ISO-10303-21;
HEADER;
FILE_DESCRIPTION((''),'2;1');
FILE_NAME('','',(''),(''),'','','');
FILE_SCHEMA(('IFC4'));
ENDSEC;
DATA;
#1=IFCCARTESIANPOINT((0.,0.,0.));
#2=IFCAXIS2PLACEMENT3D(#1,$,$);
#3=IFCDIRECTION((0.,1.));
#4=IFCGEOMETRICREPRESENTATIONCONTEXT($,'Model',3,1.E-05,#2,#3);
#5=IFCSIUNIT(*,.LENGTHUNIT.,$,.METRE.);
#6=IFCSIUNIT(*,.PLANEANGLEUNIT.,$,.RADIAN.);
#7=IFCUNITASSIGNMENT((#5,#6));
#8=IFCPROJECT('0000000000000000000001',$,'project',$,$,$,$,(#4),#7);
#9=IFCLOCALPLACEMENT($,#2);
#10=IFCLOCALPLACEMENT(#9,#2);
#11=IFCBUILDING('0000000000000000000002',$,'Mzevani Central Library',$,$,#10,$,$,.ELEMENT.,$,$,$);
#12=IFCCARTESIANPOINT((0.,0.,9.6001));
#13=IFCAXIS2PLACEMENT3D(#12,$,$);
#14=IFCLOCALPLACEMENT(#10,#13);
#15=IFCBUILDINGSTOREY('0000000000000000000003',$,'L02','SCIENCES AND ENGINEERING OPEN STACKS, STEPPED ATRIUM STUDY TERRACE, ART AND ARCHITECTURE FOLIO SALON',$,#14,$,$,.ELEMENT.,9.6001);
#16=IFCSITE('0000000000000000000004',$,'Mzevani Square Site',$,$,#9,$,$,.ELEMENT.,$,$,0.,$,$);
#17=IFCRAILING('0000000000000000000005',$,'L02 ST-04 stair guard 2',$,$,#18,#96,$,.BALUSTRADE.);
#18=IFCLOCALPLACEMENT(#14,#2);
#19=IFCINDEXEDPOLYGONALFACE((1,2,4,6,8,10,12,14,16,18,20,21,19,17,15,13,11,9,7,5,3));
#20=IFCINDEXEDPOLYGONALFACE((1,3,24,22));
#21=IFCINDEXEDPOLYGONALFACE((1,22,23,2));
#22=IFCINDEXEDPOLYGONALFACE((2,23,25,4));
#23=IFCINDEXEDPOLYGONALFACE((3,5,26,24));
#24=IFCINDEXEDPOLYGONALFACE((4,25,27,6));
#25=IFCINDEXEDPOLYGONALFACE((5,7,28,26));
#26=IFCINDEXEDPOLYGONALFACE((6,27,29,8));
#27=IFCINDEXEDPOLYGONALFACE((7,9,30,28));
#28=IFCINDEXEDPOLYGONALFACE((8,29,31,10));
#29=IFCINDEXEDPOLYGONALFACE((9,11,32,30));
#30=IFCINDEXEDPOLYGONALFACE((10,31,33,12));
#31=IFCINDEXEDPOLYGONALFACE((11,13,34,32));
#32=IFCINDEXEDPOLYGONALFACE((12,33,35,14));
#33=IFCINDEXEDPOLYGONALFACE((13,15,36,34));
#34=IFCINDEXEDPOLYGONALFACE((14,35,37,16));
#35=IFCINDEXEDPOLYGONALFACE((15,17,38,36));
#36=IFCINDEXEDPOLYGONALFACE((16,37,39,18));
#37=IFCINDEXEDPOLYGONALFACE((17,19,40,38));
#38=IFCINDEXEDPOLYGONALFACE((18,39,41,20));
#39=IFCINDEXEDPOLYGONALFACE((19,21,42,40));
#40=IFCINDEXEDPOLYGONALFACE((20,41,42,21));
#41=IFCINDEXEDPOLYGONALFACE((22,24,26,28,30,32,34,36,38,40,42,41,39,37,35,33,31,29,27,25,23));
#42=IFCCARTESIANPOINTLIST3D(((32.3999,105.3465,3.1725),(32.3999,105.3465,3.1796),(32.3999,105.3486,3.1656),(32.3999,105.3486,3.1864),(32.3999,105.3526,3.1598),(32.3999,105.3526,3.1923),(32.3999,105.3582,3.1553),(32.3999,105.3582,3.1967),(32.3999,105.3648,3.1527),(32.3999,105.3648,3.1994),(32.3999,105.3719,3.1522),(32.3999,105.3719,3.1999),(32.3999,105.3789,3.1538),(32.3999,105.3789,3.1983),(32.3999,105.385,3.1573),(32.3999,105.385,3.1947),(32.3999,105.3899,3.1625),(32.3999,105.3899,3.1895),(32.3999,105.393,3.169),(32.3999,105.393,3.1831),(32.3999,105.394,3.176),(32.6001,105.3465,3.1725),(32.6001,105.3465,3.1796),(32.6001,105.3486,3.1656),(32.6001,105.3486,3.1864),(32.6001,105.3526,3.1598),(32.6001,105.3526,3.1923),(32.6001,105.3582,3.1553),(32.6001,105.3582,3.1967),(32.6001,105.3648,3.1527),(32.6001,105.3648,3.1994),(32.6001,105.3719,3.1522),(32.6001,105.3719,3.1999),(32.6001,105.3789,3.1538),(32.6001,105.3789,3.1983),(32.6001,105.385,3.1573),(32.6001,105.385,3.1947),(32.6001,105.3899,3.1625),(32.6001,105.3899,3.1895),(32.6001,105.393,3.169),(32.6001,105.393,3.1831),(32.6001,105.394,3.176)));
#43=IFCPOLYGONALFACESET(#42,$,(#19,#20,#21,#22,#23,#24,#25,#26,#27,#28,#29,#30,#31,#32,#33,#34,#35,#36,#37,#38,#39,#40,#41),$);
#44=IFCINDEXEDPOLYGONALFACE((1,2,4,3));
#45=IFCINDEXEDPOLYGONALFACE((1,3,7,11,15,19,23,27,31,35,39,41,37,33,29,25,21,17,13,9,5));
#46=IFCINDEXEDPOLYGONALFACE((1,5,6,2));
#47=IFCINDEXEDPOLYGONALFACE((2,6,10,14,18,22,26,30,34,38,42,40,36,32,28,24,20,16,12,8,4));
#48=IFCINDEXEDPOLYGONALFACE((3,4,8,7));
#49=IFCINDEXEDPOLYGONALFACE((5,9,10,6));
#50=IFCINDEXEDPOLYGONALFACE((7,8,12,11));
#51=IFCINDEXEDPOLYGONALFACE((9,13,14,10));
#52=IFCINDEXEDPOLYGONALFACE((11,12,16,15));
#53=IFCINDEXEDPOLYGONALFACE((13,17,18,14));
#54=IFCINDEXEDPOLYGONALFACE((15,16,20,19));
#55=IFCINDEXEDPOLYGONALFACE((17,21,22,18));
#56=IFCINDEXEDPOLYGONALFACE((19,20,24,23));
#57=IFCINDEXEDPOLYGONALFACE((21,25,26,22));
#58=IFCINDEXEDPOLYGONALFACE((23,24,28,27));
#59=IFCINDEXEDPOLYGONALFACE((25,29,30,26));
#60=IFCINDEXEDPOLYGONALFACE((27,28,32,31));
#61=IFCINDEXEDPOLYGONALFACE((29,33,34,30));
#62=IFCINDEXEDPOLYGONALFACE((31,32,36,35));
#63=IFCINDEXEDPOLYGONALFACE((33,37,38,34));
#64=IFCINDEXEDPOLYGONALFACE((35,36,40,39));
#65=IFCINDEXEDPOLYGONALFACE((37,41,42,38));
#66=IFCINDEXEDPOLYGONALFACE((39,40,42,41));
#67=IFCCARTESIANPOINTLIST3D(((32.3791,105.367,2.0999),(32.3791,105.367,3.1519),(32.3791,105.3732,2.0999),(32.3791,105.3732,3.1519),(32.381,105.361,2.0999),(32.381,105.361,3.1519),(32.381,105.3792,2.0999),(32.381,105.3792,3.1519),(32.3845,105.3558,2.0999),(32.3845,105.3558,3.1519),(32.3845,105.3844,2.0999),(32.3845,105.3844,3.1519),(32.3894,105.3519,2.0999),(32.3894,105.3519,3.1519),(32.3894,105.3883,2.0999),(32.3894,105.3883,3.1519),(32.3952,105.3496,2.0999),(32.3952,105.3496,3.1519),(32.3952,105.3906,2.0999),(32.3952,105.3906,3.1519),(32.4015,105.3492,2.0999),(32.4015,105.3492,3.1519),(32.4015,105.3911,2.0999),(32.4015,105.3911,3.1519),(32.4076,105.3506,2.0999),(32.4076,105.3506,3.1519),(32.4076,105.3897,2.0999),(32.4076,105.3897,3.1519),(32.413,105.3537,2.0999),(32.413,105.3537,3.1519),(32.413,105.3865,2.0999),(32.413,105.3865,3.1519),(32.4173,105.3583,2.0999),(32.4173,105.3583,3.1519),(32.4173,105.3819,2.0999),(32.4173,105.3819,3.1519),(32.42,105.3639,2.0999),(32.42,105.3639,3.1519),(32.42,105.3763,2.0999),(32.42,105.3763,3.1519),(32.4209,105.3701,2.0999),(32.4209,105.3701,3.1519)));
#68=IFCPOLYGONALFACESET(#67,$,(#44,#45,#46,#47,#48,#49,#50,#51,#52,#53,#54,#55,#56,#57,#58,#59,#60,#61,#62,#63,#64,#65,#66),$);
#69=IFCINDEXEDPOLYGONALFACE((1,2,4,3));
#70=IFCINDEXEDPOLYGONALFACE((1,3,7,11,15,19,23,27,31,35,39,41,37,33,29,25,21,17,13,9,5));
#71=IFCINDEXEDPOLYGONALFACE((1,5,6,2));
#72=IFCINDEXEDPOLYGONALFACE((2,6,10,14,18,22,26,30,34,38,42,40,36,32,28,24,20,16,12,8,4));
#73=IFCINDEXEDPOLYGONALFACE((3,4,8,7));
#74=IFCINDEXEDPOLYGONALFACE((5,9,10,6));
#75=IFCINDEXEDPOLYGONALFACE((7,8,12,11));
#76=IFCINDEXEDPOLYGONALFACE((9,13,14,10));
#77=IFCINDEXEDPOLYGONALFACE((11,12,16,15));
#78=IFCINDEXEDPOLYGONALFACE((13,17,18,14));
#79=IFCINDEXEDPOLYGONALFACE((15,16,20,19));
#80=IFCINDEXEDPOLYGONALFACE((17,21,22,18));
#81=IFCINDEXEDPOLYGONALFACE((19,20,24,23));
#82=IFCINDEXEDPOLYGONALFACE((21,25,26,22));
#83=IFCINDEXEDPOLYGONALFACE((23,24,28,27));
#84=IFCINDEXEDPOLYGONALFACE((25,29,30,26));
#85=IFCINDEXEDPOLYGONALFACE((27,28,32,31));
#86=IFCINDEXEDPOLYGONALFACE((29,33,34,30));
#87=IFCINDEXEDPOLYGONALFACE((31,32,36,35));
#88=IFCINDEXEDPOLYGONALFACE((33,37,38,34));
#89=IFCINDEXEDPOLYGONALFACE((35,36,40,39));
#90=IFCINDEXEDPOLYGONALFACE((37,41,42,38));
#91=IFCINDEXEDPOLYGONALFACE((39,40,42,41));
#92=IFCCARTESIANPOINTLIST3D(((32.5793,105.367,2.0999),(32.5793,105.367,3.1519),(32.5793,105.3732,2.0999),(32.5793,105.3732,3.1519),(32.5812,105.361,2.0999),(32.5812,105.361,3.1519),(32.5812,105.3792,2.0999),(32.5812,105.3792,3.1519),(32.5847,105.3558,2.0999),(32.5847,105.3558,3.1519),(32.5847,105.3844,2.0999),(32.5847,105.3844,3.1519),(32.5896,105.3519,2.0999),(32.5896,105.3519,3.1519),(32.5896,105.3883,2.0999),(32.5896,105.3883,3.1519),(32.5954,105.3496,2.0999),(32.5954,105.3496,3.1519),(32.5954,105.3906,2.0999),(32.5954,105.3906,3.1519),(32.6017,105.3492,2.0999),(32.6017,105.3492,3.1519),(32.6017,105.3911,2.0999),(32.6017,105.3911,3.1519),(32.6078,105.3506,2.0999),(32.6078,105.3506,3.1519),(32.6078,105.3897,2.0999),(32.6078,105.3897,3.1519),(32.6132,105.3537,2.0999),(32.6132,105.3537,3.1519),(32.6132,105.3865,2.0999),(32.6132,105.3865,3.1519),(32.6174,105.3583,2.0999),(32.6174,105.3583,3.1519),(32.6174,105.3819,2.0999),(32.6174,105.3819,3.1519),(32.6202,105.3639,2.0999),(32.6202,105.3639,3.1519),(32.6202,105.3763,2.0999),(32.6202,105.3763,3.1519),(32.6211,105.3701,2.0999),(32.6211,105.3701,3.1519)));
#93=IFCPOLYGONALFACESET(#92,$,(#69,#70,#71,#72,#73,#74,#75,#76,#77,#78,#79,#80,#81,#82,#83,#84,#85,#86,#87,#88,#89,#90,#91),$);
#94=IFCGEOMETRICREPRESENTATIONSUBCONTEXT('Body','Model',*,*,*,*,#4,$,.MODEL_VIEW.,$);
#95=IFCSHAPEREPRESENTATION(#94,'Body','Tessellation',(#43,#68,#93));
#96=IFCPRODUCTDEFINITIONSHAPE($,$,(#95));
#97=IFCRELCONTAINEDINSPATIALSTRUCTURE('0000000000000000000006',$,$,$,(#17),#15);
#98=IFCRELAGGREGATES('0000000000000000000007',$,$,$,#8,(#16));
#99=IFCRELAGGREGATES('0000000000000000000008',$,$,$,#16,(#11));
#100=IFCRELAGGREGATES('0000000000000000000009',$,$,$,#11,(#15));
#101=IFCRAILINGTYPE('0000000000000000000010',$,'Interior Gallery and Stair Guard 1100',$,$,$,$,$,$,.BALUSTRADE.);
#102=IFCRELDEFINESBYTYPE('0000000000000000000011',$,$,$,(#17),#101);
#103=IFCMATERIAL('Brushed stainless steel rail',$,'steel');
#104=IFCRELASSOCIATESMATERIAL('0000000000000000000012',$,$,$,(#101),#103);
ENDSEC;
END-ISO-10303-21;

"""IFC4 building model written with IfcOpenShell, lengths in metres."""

from ifc_helpers import new_model, si_unit, direction, frame, origin, origin_2d, place, context, subcontext, project, spatial, circle, extrude, material, type_object, element, save


model = new_model("IFC4")

# Units and contexts
model_context = context("Model", 3, precision=1e-05, world=origin(), true_north=direction((0.0, 1.0)))
body_context = subcontext(model_context, "Body", "Model", "MODEL_VIEW")
ifc_project = project(units=[si_unit("LENGTHUNIT", "METRE"), si_unit("PLANEANGLEUNIT", "RADIAN")], contexts=[model_context])

# Site, building, storey
site_placement = place(None, origin())
site = spatial("IfcSite", under=ifc_project, at=site_placement, Name="Mzevani Square Site", CompositionType="ELEMENT", RefElevation=0.0)
building_placement = place(site_placement, origin())
building = spatial("IfcBuilding", under=site, at=building_placement, Name="Mzevani Central Library", CompositionType="ELEMENT")
storey_placement = place(building_placement, frame((0.0, 0.0, 9.6001)))
storey = spatial("IfcBuildingStorey", under=building, at=storey_placement, Name="L02", Description="SCIENCES AND ENGINEERING OPEN STACKS, STEPPED ATRIUM STUDY TERRACE, ART AND ARCHITECTURE FOLIO SALON", CompositionType="ELEMENT", Elevation=9.6001)

# Railing
ifc_material_1 = material(Name="Brushed stainless steel rail", Category="steel")
railing_type_1 = type_object("IfcRailingType", Name="Interior Gallery and Stair Guard 1100", PredefinedType="BALUSTRADE", material=ifc_material_1)
railing_1_placement = place(storey_placement, frame((32.3999, 105.3701, 2.0999)))
element("IfcRailing", 1, at=railing_1_placement, inside=storey, type_object=railing_type_1, Name="L02 ST-04 stair guard 2", PredefinedType="BALUSTRADE", context=body_context, shape_type="SweptSolid", body=[
    extrude(circle(Radius=0.0239, at=origin_2d()), frame((0.0, 0.0, 1.0762), z_axis=(1.0, 0.0, 0.0), x_axis=(0.0, 1.0, 0.0)), (0.0, 0.0, 1.0), 0.2002),
    extrude(circle(Radius=0.021, at=origin_2d()), origin(), (0.0, 0.0, 1.0), 1.052),
    extrude(circle(Radius=0.021, at=origin_2d()), frame((0.2002, 0.0, 0.0)), (0.0, 0.0, 1.0), 1.052),
])

save(model, "model.ifc")
